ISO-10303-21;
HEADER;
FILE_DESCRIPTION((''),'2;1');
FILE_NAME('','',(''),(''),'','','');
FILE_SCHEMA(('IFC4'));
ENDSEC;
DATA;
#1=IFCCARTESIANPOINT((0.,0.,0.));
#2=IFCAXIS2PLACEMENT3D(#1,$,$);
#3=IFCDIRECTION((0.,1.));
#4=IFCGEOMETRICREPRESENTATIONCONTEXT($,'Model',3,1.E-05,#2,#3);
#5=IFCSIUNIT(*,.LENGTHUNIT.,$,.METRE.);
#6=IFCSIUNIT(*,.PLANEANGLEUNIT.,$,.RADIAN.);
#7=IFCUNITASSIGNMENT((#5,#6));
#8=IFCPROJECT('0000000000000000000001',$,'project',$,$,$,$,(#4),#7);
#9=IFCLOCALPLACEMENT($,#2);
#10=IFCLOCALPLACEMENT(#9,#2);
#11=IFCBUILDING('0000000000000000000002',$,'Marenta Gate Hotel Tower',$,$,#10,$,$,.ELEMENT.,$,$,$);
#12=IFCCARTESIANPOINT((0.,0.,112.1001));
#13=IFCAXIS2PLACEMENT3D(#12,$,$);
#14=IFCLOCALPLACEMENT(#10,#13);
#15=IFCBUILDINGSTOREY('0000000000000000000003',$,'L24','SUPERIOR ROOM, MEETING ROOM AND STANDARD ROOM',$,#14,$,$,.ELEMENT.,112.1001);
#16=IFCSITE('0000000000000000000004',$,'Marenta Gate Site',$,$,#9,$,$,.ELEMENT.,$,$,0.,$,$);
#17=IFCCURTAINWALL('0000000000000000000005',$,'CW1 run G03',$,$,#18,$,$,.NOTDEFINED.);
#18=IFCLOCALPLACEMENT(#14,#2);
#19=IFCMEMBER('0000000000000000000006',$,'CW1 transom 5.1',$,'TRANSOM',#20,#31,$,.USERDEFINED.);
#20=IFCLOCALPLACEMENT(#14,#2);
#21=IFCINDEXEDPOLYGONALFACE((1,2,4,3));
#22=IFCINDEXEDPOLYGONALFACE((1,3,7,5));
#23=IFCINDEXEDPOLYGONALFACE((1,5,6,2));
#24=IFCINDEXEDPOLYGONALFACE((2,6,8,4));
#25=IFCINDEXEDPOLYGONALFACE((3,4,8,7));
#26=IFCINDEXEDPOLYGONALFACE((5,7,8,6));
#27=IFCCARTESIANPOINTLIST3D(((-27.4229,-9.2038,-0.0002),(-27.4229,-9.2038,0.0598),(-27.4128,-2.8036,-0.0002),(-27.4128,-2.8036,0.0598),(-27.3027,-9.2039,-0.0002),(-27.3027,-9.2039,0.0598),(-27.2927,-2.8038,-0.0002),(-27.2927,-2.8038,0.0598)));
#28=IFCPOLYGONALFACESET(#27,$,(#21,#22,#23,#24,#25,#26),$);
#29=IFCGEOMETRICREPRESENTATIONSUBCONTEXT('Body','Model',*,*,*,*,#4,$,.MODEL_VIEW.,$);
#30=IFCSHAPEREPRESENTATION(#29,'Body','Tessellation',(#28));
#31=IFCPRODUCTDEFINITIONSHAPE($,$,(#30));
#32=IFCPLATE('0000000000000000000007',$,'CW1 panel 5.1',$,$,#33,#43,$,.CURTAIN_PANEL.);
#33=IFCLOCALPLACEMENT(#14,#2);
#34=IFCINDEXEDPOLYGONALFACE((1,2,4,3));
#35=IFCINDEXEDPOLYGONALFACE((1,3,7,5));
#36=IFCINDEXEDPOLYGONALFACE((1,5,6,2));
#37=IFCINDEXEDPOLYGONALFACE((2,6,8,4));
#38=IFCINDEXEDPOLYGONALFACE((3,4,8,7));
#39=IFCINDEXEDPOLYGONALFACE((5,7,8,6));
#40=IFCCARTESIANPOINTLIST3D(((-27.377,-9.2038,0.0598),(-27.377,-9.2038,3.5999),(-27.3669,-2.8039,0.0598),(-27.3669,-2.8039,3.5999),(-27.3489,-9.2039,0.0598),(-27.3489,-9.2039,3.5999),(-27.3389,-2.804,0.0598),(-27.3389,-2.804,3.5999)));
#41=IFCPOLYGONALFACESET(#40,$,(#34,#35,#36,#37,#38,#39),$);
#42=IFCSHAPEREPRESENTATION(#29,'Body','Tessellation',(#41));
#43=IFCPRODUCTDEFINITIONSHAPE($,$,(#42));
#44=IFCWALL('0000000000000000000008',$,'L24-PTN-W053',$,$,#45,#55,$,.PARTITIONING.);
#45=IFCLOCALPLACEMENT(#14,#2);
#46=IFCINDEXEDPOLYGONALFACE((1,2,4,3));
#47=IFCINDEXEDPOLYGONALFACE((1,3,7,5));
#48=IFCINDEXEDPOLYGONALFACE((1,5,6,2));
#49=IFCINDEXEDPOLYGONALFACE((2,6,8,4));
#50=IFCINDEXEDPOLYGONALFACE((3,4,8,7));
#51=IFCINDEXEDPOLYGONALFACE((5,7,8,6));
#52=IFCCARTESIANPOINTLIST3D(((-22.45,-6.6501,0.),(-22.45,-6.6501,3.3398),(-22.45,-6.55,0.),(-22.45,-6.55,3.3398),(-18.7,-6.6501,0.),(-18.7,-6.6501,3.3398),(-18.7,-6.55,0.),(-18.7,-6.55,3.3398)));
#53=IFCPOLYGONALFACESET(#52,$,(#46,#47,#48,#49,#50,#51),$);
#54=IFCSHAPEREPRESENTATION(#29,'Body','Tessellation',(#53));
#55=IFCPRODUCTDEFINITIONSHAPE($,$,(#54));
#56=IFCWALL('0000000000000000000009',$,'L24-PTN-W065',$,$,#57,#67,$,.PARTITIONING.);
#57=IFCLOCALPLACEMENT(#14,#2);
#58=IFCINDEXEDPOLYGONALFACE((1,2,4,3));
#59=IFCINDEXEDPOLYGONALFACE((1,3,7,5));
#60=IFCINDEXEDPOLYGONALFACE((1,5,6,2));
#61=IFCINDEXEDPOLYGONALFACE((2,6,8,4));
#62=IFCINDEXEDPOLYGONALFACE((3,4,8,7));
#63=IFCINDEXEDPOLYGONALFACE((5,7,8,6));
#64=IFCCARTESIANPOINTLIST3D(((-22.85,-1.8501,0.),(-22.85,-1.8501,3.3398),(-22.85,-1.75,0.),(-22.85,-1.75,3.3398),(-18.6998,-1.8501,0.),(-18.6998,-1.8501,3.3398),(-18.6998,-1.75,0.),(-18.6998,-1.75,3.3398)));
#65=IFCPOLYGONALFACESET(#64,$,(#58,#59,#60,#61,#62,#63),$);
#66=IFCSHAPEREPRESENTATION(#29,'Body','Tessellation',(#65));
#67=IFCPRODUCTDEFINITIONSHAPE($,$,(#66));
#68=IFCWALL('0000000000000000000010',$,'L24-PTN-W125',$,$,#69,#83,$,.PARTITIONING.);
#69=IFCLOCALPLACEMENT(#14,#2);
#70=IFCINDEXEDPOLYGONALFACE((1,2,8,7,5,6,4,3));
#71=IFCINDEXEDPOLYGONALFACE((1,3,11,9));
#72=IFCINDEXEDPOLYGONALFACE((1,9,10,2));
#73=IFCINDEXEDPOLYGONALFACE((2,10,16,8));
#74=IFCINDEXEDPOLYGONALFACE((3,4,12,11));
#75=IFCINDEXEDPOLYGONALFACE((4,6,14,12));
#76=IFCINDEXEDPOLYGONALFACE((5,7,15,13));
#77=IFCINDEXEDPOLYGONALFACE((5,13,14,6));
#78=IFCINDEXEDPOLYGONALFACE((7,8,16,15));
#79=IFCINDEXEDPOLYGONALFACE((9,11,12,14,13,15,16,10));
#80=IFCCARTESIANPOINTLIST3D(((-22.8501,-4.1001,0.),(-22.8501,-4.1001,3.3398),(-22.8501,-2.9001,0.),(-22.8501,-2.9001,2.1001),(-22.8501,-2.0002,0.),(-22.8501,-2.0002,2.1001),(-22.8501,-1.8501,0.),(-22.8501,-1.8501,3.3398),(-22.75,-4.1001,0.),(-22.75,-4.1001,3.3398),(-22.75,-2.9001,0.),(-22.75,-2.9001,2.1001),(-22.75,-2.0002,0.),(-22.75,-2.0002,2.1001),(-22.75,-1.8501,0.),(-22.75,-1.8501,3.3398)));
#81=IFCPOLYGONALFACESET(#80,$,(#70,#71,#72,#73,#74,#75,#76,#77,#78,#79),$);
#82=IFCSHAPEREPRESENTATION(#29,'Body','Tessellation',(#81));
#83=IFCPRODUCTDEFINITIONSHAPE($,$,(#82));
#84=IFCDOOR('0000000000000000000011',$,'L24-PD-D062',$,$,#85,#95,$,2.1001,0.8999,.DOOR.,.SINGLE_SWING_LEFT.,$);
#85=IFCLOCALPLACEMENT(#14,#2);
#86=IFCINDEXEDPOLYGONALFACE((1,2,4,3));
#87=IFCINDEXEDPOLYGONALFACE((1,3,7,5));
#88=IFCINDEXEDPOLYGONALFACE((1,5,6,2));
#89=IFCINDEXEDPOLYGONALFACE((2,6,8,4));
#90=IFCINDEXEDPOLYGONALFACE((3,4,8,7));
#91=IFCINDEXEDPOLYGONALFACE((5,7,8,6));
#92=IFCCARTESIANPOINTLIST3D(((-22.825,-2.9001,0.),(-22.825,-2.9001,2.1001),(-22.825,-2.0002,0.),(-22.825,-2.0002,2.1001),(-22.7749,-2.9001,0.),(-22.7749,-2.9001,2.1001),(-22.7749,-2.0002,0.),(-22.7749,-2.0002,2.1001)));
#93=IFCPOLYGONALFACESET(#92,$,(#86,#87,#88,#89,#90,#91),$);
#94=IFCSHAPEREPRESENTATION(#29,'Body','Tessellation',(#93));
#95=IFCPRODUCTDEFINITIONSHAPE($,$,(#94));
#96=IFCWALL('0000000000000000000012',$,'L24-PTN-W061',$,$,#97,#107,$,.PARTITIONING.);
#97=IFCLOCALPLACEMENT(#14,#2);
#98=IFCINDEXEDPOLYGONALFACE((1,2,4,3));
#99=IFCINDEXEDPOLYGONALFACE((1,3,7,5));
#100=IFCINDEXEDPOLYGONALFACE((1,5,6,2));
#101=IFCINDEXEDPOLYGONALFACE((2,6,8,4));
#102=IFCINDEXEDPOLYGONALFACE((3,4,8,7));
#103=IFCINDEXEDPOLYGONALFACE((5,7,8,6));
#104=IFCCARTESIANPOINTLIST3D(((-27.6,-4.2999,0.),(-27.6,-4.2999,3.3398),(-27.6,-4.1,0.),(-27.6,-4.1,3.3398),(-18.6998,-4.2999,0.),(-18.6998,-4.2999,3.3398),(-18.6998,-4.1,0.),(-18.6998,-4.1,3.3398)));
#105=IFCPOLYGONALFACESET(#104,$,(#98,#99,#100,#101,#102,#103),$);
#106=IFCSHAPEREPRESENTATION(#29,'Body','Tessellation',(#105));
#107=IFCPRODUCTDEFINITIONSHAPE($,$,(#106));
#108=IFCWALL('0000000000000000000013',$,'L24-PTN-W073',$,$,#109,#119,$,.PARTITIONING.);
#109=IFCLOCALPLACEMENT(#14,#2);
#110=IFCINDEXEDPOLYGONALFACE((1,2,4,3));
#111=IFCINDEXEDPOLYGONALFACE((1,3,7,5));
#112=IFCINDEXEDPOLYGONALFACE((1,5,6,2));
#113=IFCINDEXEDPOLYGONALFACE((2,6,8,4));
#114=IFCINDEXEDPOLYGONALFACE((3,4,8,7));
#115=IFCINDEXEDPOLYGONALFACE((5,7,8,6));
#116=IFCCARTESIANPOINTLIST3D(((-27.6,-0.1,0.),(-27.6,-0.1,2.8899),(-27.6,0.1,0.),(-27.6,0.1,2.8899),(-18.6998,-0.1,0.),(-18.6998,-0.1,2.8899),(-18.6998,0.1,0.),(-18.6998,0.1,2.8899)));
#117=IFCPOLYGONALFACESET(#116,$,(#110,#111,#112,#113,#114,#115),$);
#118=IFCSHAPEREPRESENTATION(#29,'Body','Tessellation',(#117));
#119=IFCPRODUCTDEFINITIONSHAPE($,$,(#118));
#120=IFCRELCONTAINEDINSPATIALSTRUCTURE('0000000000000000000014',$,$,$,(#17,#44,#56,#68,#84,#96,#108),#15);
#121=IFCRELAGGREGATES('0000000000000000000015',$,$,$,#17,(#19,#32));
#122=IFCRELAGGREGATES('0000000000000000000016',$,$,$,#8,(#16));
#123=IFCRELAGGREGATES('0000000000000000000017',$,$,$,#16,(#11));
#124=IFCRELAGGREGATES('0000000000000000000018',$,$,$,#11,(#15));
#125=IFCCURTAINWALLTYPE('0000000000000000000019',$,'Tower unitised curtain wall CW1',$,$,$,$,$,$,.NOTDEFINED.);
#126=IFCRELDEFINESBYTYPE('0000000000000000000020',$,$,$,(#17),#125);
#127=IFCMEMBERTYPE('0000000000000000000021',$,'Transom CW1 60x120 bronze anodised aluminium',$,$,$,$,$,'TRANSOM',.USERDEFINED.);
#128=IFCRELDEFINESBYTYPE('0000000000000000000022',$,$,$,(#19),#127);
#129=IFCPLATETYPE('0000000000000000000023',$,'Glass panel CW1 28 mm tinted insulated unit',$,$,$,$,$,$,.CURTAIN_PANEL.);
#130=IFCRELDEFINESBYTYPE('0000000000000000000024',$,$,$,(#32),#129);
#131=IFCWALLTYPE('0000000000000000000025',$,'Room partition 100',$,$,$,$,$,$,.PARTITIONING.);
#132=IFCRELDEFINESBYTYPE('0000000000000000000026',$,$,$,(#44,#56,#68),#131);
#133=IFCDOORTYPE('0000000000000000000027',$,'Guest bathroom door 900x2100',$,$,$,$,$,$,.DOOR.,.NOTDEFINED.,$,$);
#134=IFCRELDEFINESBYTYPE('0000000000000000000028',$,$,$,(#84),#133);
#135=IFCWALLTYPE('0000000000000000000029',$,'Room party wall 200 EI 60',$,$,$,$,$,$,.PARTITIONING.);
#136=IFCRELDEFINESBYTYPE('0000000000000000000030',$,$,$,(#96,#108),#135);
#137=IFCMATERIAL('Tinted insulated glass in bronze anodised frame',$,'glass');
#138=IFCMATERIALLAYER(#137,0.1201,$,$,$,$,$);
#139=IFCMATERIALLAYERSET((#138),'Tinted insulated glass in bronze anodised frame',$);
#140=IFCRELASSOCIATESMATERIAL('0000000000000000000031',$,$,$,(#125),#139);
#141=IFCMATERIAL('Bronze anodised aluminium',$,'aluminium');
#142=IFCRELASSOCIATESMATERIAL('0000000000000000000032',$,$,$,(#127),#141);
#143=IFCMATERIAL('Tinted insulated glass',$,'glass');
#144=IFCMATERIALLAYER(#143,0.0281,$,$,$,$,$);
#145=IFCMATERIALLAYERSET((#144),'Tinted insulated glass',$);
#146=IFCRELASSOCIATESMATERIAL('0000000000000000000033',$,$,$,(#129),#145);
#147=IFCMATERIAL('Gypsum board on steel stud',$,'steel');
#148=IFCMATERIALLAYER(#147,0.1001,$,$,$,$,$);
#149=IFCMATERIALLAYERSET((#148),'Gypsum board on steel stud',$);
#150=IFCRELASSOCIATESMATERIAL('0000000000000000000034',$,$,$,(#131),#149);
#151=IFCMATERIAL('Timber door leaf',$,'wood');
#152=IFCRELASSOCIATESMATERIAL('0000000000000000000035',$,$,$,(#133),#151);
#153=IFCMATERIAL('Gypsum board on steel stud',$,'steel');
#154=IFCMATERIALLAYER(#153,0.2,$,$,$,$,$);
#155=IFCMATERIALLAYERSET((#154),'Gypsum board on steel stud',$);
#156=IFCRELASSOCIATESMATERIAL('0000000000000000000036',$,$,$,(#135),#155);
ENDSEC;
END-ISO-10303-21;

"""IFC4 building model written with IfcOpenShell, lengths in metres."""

from ifc_helpers import new_model, si_unit, direction, frame, frame_2d, origin, origin_2d, place, context, subcontext, project, spatial, rectangle, extrude, material, layer, layer_set, material_profile, profile_set, type_object, element, fill, aggregate, save


model = new_model("IFC4")

# Units and contexts
model_context = context("Model", 3, precision=1e-05, world=origin(), true_north=direction((0.0, 1.0)))
body_context = subcontext(model_context, "Body", "Model", "MODEL_VIEW")
ifc_project = project(units=[si_unit("LENGTHUNIT", "METRE"), si_unit("PLANEANGLEUNIT", "RADIAN")], contexts=[model_context])

# Site, building, storey
site_placement = place(None, origin())
site = spatial("IfcSite", under=ifc_project, at=site_placement, Name="Marenta Gate Site", CompositionType="ELEMENT", RefElevation=0.0)
building_placement = place(site_placement, origin())
building = spatial("IfcBuilding", under=site, at=building_placement, Name="Marenta Gate Hotel Tower", CompositionType="ELEMENT")
storey_placement = place(building_placement, frame((0.0, 0.0, 112.1001)))
storey = spatial("IfcBuildingStorey", under=building, at=storey_placement, Name="L24", Description="SUPERIOR ROOM, MEETING ROOM AND STANDARD ROOM", CompositionType="ELEMENT", Elevation=112.1001)

# Curtain wall, member, plate
ifc_material_1 = material(Name="Tinted insulated glass in bronze anodised frame", Category="glass")
ifc_layer_1 = layer(ifc_material_1, 0.1201)
ifc_layer_set_1 = layer_set([ifc_layer_1], Name="Tinted insulated glass in bronze anodised frame")
curtain_wall_type = type_object("IfcCurtainWallType", Name="Tower unitised curtain wall CW1", PredefinedType="NOTDEFINED", material=ifc_layer_set_1)
curtain_wall_placement = place(storey_placement, origin())
curtain_wall = element("IfcCurtainWall", 1, at=curtain_wall_placement, inside=storey, type_object=curtain_wall_type, Name="CW1 run G03", PredefinedType="NOTDEFINED")
ifc_material_2 = material(Name="Bronze anodised aluminium", Category="aluminium")
ifc_material_profile_1 = material_profile(ifc_material_2, rectangle(XDim=0.1201, YDim=0.0601, at=origin_2d()), Name="Transom CW1 60x120 bronze anodised aluminium")
ifc_profile_set_1 = profile_set([ifc_material_profile_1], Name="Bronze anodised aluminium")
member_type_1 = type_object("IfcMemberType", Name="Transom CW1 60x120 bronze anodised aluminium", ElementType="TRANSOM", PredefinedType="USERDEFINED", material=ifc_profile_set_1)
member_1_placement = place(storey_placement, frame((-27.3528, -2.8037, 0.0298), z_axis=(-0.001564, -0.999999, 0.0), x_axis=(0.999999, -0.001564, 0.0)))
member_1 = element("IfcMember", 2, at=member_1_placement, type_object=member_type_1, Name="CW1 transom 5.1", ObjectType="TRANSOM", PredefinedType="USERDEFINED", context=body_context, shape_type="SweptSolid", body=[
    extrude(rectangle(XDim=0.1201, YDim=0.0601, at=origin_2d()), origin(), (0.0, 0.0, 1.0), 6.4001),
])
ifc_material_3 = material(Name="Tinted insulated glass", Category="glass")
ifc_layer_2 = layer(ifc_material_3, 0.0281)
ifc_layer_set_2 = layer_set([ifc_layer_2], Name="Tinted insulated glass")
plate_type = type_object("IfcPlateType", Name="Glass panel CW1 28 mm tinted insulated unit", PredefinedType="CURTAIN_PANEL", material=ifc_layer_set_2)
plate_placement = place(storey_placement, frame((-27.3579, -6.0039, 0.0598), z_axis=(0.0, 0.0, 1.0), x_axis=(-0.001566, -0.999999, 0.0)))
plate = element("IfcPlate", 3, at=plate_placement, type_object=plate_type, Name="CW1 panel 5.1", PredefinedType="CURTAIN_PANEL", context=body_context, shape_type="SweptSolid", body=[
    extrude(rectangle(XDim=6.3999, YDim=0.0281, at=origin_2d()), origin(), (0.0, 0.0, 1.0), 3.54),
])
aggregate(curtain_wall, [member_1, plate])

# Walls
ifc_material_4 = material(Name="Gypsum board on steel stud", Category="steel")
ifc_layer_3 = layer(ifc_material_4, 0.1001)
ifc_layer_set_3 = layer_set([ifc_layer_3], Name="Gypsum board on steel stud")
wall_type_1 = type_object("IfcWallType", Name="Room partition 100", PredefinedType="PARTITIONING", material=ifc_layer_set_3)
wall_1_placement = place(storey_placement, frame((-22.45, -6.6001, 0.0), z_axis=(0.0, 0.0, 1.0), x_axis=(1.0, 0.0, 0.0)))
element("IfcWall", 4, at=wall_1_placement, inside=storey, type_object=wall_type_1, Name="L24-PTN-W053", PredefinedType="PARTITIONING", context=body_context, shape_type="SweptSolid", body=[
    extrude(rectangle(XDim=3.75, YDim=0.1001, at=frame_2d((1.875, 0.0))), origin(), (0.0, 0.0, 1.0), 3.3398),
])
wall_2_placement = place(storey_placement, frame((-22.8501, -1.8, 0.0), z_axis=(0.0, 0.0, 1.0), x_axis=(1.0, 0.0, 0.0)))
element("IfcWall", 5, at=wall_2_placement, inside=storey, type_object=wall_type_1, Name="L24-PTN-W065", PredefinedType="PARTITIONING", context=body_context, shape_type="SweptSolid", body=[
    extrude(rectangle(XDim=4.1501, YDim=0.1001, at=frame_2d((2.0752, 0.0))), origin(), (0.0, 0.0, 1.0), 3.3398),
])

# Wall, opening, door
wall_3_placement = place(storey_placement, frame((-22.8, -4.1001, 0.0), z_axis=(0.0, 0.0, 1.0), x_axis=(0.0, 1.0, 0.0)))
wall_3 = element("IfcWall", 6, at=wall_3_placement, inside=storey, type_object=wall_type_1, Name="L24-PTN-W125", PredefinedType="PARTITIONING", context=body_context, shape_type="SweptSolid", body=[
    extrude(rectangle(XDim=2.25, YDim=0.1001, at=frame_2d((1.125, 0.0))), origin(), (0.0, 0.0, 1.0), 3.3398),
])
opening_1_placement = place(wall_3_placement, frame((1.2, 0.0, 0.0)))
opening_1 = element("IfcOpeningElement", 7, at=opening_1_placement, cuts=wall_3, PredefinedType="OPENING", context=body_context, shape_type="SweptSolid", body=[
    extrude(rectangle(XDim=0.8999, YDim=2.1001, at=frame_2d((0.45, 1.05))), frame((0.0, 0.05, 0.0), z_axis=(0.0, -1.0, 0.0), x_axis=(1.0, 0.0, 0.0)), (0.0, 0.0, 1.0), 0.1001),
])
ifc_material_5 = material(Name="Timber door leaf", Category="wood")
door_type_1 = type_object("IfcDoorType", Name="Guest bathroom door 900x2100", OperationType="NOTDEFINED", PredefinedType="DOOR", material=ifc_material_5)
door_1_placement = place(opening_1_placement, origin())
door_1 = element("IfcDoor", 8, at=door_1_placement, inside=storey, type_object=door_type_1, Name="L24-PD-D062", OperationType="SINGLE_SWING_LEFT", OverallHeight=2.1001, OverallWidth=0.8999, PredefinedType="DOOR", context=body_context, shape_type="SweptSolid", body=[
    extrude(rectangle(XDim=0.8999, YDim=2.1001, at=frame_2d((0.45, 1.05))), frame((0.0, 0.0249, 0.0), z_axis=(0.0, -1.0, 0.0), x_axis=(1.0, 0.0, 0.0)), (0.0, 0.0, 1.0), 0.05),
])
fill(opening_1, door_1)

# Walls
ifc_material_6 = material(Name="Gypsum board on steel stud", Category="steel")
ifc_layer_4 = layer(ifc_material_6, 0.2)
ifc_layer_set_4 = layer_set([ifc_layer_4], Name="Gypsum board on steel stud")
wall_type_2 = type_object("IfcWallType", Name="Room party wall 200 EI 60", PredefinedType="PARTITIONING", material=ifc_layer_set_4)
wall_4_placement = place(storey_placement, frame((-27.6001, -4.2, 0.0), z_axis=(0.0, 0.0, 1.0), x_axis=(1.0, 0.0, 0.0)))
element("IfcWall", 9, at=wall_4_placement, inside=storey, type_object=wall_type_2, Name="L24-PTN-W061", PredefinedType="PARTITIONING", context=body_context, shape_type="SweptSolid", body=[
    extrude(rectangle(XDim=8.9001, YDim=0.2, at=frame_2d((4.4502, 0.0))), origin(), (0.0, 0.0, 1.0), 3.3398),
])
wall_5_placement = place(storey_placement, frame((-27.6001, 0.0, 0.0), z_axis=(0.0, 0.0, 1.0), x_axis=(1.0, 0.0, 0.0)))
element("IfcWall", 10, at=wall_5_placement, inside=storey, type_object=wall_type_2, Name="L24-PTN-W073", PredefinedType="PARTITIONING", context=body_context, shape_type="SweptSolid", body=[
    extrude(rectangle(XDim=8.9001, YDim=0.2, at=frame_2d((4.4502, 0.0))), origin(), (0.0, 0.0, 1.0), 2.8899),
])

save(model, "model.ifc")
